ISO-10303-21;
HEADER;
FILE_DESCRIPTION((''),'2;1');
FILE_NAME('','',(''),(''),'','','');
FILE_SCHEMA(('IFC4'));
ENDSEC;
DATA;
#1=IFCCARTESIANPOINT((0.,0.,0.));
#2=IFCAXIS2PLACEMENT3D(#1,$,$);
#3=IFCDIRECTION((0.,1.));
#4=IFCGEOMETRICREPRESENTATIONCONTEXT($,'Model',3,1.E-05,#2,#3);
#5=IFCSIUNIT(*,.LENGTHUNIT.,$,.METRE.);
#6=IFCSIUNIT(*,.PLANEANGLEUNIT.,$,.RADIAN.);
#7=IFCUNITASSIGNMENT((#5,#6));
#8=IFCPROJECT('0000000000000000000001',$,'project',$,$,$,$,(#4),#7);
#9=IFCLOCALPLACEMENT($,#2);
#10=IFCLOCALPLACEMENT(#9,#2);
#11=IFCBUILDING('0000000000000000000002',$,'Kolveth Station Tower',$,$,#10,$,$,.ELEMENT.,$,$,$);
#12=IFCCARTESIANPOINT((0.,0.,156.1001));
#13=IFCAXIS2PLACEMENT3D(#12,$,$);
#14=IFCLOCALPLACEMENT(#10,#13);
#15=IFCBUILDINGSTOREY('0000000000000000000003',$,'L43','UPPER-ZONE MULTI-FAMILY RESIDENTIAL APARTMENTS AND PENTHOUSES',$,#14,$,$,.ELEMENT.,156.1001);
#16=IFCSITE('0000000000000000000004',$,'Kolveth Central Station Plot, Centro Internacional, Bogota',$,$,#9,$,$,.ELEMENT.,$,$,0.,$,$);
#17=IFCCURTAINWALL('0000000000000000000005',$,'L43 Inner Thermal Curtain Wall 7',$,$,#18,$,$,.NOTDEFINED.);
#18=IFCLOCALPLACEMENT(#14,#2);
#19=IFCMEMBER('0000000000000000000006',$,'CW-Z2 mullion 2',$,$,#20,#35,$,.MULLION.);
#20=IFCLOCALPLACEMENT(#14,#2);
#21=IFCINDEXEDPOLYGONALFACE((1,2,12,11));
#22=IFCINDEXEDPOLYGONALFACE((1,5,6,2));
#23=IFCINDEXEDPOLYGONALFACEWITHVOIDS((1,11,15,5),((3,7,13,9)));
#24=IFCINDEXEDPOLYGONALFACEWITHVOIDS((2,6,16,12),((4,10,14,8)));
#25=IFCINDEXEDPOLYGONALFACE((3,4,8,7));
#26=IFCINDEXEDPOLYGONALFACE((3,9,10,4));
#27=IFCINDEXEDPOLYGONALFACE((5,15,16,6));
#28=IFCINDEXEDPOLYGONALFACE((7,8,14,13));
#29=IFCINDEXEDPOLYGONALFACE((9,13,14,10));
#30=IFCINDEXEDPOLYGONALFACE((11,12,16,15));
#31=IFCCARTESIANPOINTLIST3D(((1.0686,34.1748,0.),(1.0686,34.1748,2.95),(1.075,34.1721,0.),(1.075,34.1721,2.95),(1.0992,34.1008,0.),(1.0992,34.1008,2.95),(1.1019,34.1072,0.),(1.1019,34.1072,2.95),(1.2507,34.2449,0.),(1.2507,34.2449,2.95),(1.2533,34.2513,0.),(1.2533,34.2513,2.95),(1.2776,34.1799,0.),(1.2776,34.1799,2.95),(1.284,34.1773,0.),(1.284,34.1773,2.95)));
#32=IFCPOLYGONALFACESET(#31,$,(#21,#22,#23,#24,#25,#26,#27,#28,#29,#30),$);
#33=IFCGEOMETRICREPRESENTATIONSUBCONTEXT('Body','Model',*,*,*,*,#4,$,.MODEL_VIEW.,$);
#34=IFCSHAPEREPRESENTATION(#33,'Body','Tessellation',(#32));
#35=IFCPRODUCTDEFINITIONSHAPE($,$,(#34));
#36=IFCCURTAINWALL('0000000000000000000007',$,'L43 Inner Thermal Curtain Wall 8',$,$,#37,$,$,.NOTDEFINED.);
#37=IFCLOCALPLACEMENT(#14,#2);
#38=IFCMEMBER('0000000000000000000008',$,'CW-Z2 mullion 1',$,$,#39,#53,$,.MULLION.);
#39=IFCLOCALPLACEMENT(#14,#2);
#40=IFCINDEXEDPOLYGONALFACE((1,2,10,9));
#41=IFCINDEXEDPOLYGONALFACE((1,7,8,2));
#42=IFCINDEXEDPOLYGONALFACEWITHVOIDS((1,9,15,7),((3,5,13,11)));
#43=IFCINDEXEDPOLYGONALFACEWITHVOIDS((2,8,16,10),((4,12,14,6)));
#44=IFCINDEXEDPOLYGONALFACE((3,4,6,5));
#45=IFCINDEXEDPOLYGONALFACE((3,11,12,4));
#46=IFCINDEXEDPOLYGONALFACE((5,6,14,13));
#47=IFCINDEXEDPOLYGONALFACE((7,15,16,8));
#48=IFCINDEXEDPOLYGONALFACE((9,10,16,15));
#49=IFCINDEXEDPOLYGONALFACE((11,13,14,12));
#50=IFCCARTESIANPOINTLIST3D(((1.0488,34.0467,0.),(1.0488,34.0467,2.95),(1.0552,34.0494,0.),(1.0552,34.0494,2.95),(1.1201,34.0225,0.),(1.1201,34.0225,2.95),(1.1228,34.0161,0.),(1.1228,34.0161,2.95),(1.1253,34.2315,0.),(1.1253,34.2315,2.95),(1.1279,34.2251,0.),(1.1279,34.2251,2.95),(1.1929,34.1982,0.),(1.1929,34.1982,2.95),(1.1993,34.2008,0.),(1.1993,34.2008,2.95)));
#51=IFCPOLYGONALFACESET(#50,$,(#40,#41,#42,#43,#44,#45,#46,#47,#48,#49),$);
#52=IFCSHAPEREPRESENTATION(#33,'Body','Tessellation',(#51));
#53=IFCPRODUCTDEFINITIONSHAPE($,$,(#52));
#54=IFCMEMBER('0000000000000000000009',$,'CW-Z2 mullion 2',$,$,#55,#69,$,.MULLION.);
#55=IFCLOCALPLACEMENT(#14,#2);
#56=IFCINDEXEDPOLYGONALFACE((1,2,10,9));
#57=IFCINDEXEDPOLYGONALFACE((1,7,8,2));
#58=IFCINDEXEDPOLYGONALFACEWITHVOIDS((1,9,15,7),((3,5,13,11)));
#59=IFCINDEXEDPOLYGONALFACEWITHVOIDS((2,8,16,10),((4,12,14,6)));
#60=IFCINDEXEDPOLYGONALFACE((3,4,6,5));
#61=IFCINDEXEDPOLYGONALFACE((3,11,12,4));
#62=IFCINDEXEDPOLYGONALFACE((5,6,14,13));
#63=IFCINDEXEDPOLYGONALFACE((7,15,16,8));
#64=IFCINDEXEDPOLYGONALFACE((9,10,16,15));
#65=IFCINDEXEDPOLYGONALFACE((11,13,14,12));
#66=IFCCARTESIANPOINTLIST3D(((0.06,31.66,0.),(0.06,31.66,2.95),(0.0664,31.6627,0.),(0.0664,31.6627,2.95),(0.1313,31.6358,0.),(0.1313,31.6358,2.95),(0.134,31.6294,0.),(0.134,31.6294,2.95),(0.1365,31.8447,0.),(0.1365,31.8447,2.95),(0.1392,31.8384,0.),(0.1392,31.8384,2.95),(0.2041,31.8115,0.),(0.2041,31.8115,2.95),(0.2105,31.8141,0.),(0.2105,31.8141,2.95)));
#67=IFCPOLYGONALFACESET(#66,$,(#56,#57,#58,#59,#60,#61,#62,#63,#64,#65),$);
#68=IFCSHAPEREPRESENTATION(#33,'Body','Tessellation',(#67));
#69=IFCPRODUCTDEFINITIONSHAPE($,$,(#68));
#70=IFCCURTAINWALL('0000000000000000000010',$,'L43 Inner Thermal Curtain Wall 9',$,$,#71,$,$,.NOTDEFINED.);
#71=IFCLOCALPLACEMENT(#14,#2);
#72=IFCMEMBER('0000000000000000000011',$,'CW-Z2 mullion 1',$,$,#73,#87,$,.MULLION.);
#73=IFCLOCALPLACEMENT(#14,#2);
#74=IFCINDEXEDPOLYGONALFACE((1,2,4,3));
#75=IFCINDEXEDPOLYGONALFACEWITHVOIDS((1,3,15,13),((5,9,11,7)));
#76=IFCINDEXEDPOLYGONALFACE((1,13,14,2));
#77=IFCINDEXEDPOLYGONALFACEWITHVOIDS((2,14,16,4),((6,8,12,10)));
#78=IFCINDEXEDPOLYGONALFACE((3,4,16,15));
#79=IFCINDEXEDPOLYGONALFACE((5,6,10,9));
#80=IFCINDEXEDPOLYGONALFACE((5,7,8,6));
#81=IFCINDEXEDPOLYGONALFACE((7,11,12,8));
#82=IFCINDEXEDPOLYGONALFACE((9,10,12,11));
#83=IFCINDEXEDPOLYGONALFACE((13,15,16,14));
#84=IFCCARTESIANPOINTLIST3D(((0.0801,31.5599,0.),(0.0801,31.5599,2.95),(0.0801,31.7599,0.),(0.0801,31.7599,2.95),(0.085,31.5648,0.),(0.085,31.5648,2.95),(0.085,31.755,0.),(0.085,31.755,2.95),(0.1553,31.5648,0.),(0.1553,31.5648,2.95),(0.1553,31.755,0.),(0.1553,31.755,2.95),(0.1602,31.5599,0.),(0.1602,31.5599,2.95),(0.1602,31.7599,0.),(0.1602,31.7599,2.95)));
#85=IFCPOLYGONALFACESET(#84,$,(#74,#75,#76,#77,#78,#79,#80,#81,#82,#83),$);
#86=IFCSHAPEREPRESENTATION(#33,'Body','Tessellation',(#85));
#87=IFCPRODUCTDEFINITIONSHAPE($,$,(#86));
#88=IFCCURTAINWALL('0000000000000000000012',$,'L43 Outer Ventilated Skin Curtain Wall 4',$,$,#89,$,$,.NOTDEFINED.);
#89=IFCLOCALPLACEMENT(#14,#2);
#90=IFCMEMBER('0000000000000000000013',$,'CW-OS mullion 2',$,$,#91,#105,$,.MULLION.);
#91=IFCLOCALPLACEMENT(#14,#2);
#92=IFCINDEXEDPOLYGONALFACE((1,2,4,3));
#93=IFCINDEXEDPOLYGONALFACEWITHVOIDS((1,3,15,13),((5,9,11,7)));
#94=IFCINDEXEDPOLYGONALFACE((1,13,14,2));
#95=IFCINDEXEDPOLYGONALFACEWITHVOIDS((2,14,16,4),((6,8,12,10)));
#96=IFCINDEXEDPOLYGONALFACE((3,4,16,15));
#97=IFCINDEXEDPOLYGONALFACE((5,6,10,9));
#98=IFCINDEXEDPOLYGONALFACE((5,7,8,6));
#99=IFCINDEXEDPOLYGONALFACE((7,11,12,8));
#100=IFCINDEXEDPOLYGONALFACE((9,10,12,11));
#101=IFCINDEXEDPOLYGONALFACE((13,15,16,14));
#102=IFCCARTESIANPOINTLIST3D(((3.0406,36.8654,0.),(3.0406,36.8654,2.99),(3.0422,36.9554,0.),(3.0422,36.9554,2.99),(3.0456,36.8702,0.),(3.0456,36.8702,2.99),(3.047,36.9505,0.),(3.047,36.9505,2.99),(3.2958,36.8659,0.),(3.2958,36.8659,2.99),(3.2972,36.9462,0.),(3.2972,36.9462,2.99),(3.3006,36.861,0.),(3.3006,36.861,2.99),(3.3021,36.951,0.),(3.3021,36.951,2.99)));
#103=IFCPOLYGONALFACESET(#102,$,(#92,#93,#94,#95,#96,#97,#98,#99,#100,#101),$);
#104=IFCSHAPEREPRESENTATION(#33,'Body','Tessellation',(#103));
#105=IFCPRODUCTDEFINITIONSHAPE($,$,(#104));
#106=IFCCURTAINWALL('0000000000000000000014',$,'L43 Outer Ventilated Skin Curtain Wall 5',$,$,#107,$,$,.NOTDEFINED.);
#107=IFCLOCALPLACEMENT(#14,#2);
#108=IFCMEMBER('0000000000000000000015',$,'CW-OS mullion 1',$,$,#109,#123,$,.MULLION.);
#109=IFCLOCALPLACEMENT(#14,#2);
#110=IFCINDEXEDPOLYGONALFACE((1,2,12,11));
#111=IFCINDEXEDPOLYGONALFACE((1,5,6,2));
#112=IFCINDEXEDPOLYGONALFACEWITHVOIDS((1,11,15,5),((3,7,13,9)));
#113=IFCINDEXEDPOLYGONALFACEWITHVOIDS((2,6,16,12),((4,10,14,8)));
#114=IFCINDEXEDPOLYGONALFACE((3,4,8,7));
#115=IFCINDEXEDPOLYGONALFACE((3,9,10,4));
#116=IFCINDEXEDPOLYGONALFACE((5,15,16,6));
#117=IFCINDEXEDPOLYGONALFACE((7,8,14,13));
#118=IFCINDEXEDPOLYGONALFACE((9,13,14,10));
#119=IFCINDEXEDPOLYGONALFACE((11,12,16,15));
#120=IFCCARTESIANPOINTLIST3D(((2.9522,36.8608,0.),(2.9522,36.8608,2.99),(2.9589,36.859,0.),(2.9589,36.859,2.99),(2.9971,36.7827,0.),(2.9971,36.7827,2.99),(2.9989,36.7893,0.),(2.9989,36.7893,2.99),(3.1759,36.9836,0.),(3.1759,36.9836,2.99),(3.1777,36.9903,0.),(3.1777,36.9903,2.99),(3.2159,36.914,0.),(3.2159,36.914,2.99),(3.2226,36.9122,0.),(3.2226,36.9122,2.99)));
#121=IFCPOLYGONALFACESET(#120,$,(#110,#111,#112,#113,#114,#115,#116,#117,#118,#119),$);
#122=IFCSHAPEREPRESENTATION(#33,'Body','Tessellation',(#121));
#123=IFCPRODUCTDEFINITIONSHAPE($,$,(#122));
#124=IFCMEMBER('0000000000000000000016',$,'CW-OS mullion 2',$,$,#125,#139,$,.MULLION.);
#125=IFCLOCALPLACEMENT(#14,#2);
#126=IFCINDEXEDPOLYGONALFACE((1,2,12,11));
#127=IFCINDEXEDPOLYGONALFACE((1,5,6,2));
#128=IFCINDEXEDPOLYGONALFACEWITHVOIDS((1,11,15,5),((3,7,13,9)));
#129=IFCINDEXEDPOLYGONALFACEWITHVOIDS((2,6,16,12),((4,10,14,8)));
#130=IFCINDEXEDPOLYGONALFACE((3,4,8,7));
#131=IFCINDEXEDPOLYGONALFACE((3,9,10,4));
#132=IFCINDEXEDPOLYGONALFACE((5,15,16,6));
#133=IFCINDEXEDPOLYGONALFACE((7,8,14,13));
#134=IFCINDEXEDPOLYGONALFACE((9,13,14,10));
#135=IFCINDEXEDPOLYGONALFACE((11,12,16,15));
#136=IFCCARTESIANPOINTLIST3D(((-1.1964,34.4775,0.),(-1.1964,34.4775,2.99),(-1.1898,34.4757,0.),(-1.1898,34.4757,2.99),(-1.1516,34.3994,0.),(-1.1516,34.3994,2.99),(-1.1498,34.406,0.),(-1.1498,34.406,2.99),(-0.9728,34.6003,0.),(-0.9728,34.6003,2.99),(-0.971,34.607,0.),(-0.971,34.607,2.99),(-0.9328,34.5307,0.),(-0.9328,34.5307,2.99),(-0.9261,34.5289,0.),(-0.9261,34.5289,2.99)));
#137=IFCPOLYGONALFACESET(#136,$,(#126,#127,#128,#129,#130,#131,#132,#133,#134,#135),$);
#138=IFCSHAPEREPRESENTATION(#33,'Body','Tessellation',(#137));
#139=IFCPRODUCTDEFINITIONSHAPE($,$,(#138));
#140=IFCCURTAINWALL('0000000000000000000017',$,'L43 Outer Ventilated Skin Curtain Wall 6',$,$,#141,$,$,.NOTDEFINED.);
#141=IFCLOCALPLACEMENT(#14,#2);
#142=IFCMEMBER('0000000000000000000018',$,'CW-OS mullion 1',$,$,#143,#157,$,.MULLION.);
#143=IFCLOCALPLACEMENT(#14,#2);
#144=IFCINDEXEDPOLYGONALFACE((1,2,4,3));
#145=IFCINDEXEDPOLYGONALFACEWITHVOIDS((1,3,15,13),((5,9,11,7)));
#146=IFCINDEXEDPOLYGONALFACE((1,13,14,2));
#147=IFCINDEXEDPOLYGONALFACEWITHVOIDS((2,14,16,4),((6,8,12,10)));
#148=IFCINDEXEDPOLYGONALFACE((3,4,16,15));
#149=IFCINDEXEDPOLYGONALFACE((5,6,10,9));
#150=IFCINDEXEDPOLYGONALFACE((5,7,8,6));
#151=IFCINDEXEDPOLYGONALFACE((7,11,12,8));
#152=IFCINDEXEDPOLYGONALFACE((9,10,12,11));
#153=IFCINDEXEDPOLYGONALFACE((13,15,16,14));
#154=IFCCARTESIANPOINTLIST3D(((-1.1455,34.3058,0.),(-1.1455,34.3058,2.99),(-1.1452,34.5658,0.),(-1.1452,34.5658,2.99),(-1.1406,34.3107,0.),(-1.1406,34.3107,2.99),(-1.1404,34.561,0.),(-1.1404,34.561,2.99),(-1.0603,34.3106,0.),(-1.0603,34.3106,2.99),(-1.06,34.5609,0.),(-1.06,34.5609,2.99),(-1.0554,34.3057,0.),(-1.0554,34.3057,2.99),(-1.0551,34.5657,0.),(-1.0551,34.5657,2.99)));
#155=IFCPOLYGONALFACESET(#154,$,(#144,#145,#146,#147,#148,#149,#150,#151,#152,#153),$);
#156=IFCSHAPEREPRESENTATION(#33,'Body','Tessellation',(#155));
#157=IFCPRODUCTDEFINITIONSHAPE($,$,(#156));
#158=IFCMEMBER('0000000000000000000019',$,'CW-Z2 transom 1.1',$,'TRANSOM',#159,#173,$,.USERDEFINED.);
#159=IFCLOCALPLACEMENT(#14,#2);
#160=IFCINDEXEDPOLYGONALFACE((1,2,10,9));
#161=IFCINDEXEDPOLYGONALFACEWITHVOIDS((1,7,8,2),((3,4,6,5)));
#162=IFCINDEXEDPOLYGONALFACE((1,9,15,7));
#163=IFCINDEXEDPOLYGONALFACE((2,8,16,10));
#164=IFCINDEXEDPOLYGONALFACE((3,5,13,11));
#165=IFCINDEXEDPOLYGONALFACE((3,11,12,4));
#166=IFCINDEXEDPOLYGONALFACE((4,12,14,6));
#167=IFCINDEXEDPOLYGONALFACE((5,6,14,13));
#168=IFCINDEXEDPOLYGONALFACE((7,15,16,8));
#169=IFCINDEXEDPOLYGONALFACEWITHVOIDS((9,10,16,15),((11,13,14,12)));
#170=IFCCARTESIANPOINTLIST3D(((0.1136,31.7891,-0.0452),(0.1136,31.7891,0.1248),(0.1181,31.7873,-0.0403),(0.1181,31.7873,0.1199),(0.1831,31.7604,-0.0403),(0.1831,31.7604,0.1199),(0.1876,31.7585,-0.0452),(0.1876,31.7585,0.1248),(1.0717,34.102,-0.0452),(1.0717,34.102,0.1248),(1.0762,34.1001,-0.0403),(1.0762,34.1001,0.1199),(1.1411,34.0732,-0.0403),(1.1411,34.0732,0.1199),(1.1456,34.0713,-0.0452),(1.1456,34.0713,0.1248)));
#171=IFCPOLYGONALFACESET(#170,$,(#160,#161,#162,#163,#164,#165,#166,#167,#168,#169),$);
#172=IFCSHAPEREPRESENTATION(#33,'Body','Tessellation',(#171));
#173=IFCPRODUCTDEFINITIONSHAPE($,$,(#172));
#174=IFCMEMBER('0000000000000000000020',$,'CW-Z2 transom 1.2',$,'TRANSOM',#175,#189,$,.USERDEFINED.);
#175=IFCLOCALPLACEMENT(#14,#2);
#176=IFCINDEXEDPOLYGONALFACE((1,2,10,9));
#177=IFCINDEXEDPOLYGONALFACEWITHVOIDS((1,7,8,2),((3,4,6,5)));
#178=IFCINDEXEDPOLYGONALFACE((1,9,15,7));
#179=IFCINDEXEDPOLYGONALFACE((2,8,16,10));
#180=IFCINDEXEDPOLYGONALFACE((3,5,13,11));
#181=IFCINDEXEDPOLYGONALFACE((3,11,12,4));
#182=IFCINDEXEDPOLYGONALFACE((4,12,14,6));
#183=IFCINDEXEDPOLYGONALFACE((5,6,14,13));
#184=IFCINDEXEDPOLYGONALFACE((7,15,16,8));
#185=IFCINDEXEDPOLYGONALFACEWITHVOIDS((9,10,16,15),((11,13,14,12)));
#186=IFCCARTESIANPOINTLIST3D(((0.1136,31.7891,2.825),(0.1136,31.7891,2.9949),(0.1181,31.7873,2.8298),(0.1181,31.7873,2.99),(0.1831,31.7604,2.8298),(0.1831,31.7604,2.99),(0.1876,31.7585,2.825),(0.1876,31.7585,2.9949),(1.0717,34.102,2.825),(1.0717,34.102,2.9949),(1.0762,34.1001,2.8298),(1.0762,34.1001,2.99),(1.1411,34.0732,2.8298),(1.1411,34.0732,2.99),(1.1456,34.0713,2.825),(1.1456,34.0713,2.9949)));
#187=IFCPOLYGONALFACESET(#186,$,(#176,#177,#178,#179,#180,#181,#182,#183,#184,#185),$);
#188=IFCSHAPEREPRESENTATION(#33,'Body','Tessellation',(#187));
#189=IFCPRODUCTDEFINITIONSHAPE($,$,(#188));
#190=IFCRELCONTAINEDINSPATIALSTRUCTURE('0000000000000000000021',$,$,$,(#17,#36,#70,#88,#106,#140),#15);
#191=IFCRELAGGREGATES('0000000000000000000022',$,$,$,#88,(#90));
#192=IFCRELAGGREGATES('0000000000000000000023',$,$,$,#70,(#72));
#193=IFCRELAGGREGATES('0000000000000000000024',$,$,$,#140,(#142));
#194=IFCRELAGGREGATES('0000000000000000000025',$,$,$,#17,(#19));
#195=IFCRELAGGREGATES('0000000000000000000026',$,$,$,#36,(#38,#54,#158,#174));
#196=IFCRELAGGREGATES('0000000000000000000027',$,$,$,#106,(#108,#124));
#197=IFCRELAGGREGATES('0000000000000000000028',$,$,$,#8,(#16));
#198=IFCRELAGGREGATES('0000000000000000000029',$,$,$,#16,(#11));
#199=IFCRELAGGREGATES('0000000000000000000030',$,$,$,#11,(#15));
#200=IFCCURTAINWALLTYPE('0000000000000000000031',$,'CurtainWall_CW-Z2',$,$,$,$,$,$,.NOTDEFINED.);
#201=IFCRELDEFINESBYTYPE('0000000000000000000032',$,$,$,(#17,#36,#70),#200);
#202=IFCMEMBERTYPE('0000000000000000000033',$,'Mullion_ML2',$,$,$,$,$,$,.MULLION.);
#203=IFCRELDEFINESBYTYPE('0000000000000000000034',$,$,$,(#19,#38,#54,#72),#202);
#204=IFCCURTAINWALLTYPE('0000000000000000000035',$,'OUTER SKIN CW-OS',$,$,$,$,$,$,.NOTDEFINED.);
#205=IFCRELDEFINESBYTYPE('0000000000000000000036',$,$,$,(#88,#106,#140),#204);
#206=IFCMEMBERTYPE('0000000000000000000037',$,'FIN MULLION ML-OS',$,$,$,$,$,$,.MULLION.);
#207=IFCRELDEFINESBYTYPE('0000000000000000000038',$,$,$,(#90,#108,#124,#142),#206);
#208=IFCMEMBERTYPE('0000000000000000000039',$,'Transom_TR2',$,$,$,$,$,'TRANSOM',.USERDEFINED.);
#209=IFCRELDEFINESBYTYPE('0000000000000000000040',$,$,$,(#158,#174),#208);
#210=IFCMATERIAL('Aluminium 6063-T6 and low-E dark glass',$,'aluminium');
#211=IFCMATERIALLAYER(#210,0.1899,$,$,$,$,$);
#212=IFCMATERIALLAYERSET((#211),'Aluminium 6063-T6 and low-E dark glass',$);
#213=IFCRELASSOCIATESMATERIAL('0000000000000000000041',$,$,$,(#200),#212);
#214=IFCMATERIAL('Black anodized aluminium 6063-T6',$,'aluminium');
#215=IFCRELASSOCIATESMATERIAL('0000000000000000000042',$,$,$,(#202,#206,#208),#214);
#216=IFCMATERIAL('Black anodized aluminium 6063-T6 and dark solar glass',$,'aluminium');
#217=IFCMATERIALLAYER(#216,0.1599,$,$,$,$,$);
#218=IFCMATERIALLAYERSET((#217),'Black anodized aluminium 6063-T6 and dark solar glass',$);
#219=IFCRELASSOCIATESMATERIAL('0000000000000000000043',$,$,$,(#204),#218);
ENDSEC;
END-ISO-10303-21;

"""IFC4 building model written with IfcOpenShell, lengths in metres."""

from ifc_helpers import new_model, si_unit, direction, frame, origin, origin_2d, place, context, subcontext, project, spatial, hollow_rectangle, extrude, source, transform, mapped, material, layer, layer_set, material_profile, profile_set, type_object, element, aggregate, save


model = new_model("IFC4")

# Units and contexts
model_context = context("Model", 3, precision=1e-05, world=origin(), true_north=direction((0.0, 1.0)))
body_context = subcontext(model_context, "Body", "Model", "MODEL_VIEW")
ifc_project = project(units=[si_unit("LENGTHUNIT", "METRE"), si_unit("PLANEANGLEUNIT", "RADIAN")], contexts=[model_context])

# Site, building, storey
site_placement = place(None, origin())
site = spatial("IfcSite", under=ifc_project, at=site_placement, Name="Kolveth Central Station Plot, Centro Internacional, Bogota", CompositionType="ELEMENT", RefElevation=0.0)
building_placement = place(site_placement, origin())
building = spatial("IfcBuilding", under=site, at=building_placement, Name="Kolveth Station Tower", CompositionType="ELEMENT")
storey_placement = place(building_placement, frame((0.0, 0.0, 156.1001)))
storey = spatial("IfcBuildingStorey", under=building, at=storey_placement, Name="L43", Description="UPPER-ZONE MULTI-FAMILY RESIDENTIAL APARTMENTS AND PENTHOUSES", CompositionType="ELEMENT", Elevation=156.1001)

# Curtain wall, member
ifc_material_1 = material(Name="Aluminium 6063-T6 and low-E dark glass", Category="aluminium")
ifc_layer_1 = layer(ifc_material_1, 0.1899)
ifc_layer_set_1 = layer_set([ifc_layer_1], Name="Aluminium 6063-T6 and low-E dark glass")
curtain_wall_type_1 = type_object("IfcCurtainWallType", Name="CurtainWall_CW-Z2", PredefinedType="NOTDEFINED", material=ifc_layer_set_1)
curtain_wall_1_placement = place(storey_placement, origin())
curtain_wall_1 = element("IfcCurtainWall", 1, at=curtain_wall_1_placement, inside=storey, type_object=curtain_wall_type_1, Name="L43 Inner Thermal Curtain Wall 7", PredefinedType="NOTDEFINED")
ifc_material_2 = material(Name="Black anodized aluminium 6063-T6", Category="aluminium")
ifc_material_profile_1 = material_profile(ifc_material_2, hollow_rectangle(XDim=0.0801, YDim=0.2, WallThickness=0.0049, at=origin_2d()), Name="ALU-80x200x5")
ifc_profile_set_1 = profile_set([ifc_material_profile_1], Name="Black anodized aluminium 6063-T6")
member_type_1 = type_object("IfcMemberType", Name="Mullion_ML2", PredefinedType="MULLION", material=ifc_profile_set_1)
shared_shape_1 = source(origin(), body_context, "Body", "SweptSolid", [
    extrude(hollow_rectangle(XDim=0.0801, YDim=0.2, WallThickness=0.0049, at=origin_2d()), origin(), (0.0, 0.0, 1.0), 2.95),
])
member_1_placement = place(storey_placement, frame((1.1763, 34.176, 0.0), z_axis=(0.0, 0.0, 1.0), x_axis=(0.382698, -0.923874, 0.0)))
member_1 = element("IfcMember", 2, at=member_1_placement, type_object=member_type_1, Name="CW-Z2 mullion 2", PredefinedType="MULLION", context=body_context, shape_type="MappedRepresentation", body=[
    mapped(shared_shape_1, transform((0.0, 0.0, 0.0), x_axis=(1.0, 0.0, 0.0), y_axis=(0.0, 1.0, 0.0), z_axis=(0.0, 0.0, 1.0), scale=1.0)),
])

# Curtain wall, members
curtain_wall_2_placement = place(storey_placement, origin())
curtain_wall_2 = element("IfcCurtainWall", 3, at=curtain_wall_2_placement, inside=storey, type_object=curtain_wall_type_1, Name="L43 Inner Thermal Curtain Wall 8", PredefinedType="NOTDEFINED")
member_2_placement = place(storey_placement, frame((1.124, 34.1238, 0.0), z_axis=(0.0, 0.0, 1.0), x_axis=(0.923874, -0.382698, 0.0)))
member_2 = element("IfcMember", 4, at=member_2_placement, type_object=member_type_1, Name="CW-Z2 mullion 1", PredefinedType="MULLION", context=body_context, shape_type="MappedRepresentation", body=[
    mapped(shared_shape_1, transform((0.0, 0.0, 0.0), x_axis=(1.0, 0.0, 0.0), y_axis=(0.0, 1.0, 0.0), z_axis=(0.0, 0.0, 1.0), scale=1.0)),
])
member_3_placement = place(storey_placement, frame((0.1353, 31.7371, 0.0), z_axis=(0.0, 0.0, 1.0), x_axis=(0.923874, -0.382698, 0.0)))
member_3 = element("IfcMember", 5, at=member_3_placement, type_object=member_type_1, Name="CW-Z2 mullion 2", PredefinedType="MULLION", context=body_context, shape_type="MappedRepresentation", body=[
    mapped(shared_shape_1, transform((0.0, 0.0, 0.0), x_axis=(1.0, 0.0, 0.0), y_axis=(0.0, 1.0, 0.0), z_axis=(0.0, 0.0, 1.0), scale=1.0)),
])

# Curtain walls, members
curtain_wall_3_placement = place(storey_placement, origin())
curtain_wall_3 = element("IfcCurtainWall", 6, at=curtain_wall_3_placement, inside=storey, type_object=curtain_wall_type_1, Name="L43 Inner Thermal Curtain Wall 9", PredefinedType="NOTDEFINED")
member_4_placement = place(storey_placement, frame((0.1201, 31.6599, 0.0), z_axis=(0.0, 0.0, 1.0), x_axis=(1.0, 0.0, 0.0)))
member_4 = element("IfcMember", 7, at=member_4_placement, type_object=member_type_1, Name="CW-Z2 mullion 1", PredefinedType="MULLION", context=body_context, shape_type="MappedRepresentation", body=[
    mapped(shared_shape_1, transform((0.0, 0.0, 0.0), x_axis=(1.0, 0.0, 0.0), y_axis=(0.0, 1.0, 0.0), z_axis=(0.0, 0.0, 1.0), scale=1.0)),
])
ifc_material_3 = material(Name="Black anodized aluminium 6063-T6 and dark solar glass", Category="aluminium")
ifc_layer_2 = layer(ifc_material_3, 0.1599)
ifc_layer_set_2 = layer_set([ifc_layer_2], Name="Black anodized aluminium 6063-T6 and dark solar glass")
curtain_wall_type_2 = type_object("IfcCurtainWallType", Name="OUTER SKIN CW-OS", PredefinedType="NOTDEFINED", material=ifc_layer_set_2)
curtain_wall_4_placement = place(storey_placement, origin())
curtain_wall_4 = element("IfcCurtainWall", 8, at=curtain_wall_4_placement, inside=storey, type_object=curtain_wall_type_2, Name="L43 Outer Ventilated Skin Curtain Wall 4", PredefinedType="NOTDEFINED")
ifc_material_profile_2 = material_profile(ifc_material_2, hollow_rectangle(XDim=0.0901, YDim=0.26, WallThickness=0.0049, at=origin_2d()), Name="ALU-90x260x5")
ifc_profile_set_2 = profile_set([ifc_material_profile_2], Name="Black anodized aluminium 6063-T6")
member_type_2 = type_object("IfcMemberType", Name="FIN MULLION ML-OS", PredefinedType="MULLION", material=ifc_profile_set_2)
shared_shape_2 = source(origin(), body_context, "Body", "SweptSolid", [
    extrude(hollow_rectangle(XDim=0.0901, YDim=0.26, WallThickness=0.0049, at=origin_2d()), origin(), (0.0, 0.0, 1.0), 2.99),
])
member_5_placement = place(storey_placement, frame((3.1714, 36.9082, 0.0), z_axis=(0.0, 0.0, 1.0), x_axis=(-0.016878, -0.999858, 0.0)))
member_5 = element("IfcMember", 9, at=member_5_placement, type_object=member_type_2, Name="CW-OS mullion 2", PredefinedType="MULLION", context=body_context, shape_type="MappedRepresentation", body=[
    mapped(shared_shape_2, transform((0.0, 0.0, 0.0), x_axis=(1.0, 0.0, 0.0), y_axis=(0.0, 1.0, 0.0), z_axis=(0.0, 0.0, 1.0), scale=1.0)),
])
aggregate(curtain_wall_4, [member_5])

# Curtain wall, members
curtain_wall_5_placement = place(storey_placement, origin())
curtain_wall_5 = element("IfcCurtainWall", 10, at=curtain_wall_5_placement, inside=storey, type_object=curtain_wall_type_2, Name="L43 Outer Ventilated Skin Curtain Wall 5", PredefinedType="NOTDEFINED")
member_6_placement = place(storey_placement, frame((3.0874, 36.8865, 0.0), z_axis=(0.0, 0.0, 1.0), x_axis=(0.498122, -0.867107, 0.0)))
member_6 = element("IfcMember", 11, at=member_6_placement, type_object=member_type_2, Name="CW-OS mullion 1", PredefinedType="MULLION", context=body_context, shape_type="MappedRepresentation", body=[
    mapped(shared_shape_2, transform((0.0, 0.0, 0.0), x_axis=(1.0, 0.0, 0.0), y_axis=(0.0, 1.0, 0.0), z_axis=(0.0, 0.0, 1.0), scale=1.0)),
])
member_7_placement = place(storey_placement, frame((-1.0613, 34.5032, 0.0), z_axis=(0.0, 0.0, 1.0), x_axis=(0.498122, -0.867107, 0.0)))
member_7 = element("IfcMember", 12, at=member_7_placement, type_object=member_type_2, Name="CW-OS mullion 2", PredefinedType="MULLION", context=body_context, shape_type="MappedRepresentation", body=[
    mapped(shared_shape_2, transform((0.0, 0.0, 0.0), x_axis=(1.0, 0.0, 0.0), y_axis=(0.0, 1.0, 0.0), z_axis=(0.0, 0.0, 1.0), scale=1.0)),
])

# Curtain wall, member
curtain_wall_6_placement = place(storey_placement, origin())
curtain_wall_6 = element("IfcCurtainWall", 13, at=curtain_wall_6_placement, inside=storey, type_object=curtain_wall_type_2, Name="L43 Outer Ventilated Skin Curtain Wall 6", PredefinedType="NOTDEFINED")
member_8_placement = place(storey_placement, frame((-1.1003, 34.4358, 0.0), z_axis=(0.0, 0.0, 1.0), x_axis=(0.999999, -0.001162, 0.0)))
member_8 = element("IfcMember", 14, at=member_8_placement, type_object=member_type_2, Name="CW-OS mullion 1", PredefinedType="MULLION", context=body_context, shape_type="MappedRepresentation", body=[
    mapped(shared_shape_2, transform((0.0, 0.0, 0.0), x_axis=(1.0, 0.0, 0.0), y_axis=(0.0, 1.0, 0.0), z_axis=(0.0, 0.0, 1.0), scale=1.0)),
])

# Members
ifc_material_profile_3 = material_profile(ifc_material_2, hollow_rectangle(XDim=0.0801, YDim=0.1699, WallThickness=0.0049, at=origin_2d()), Name="ALU-80x170x5")
ifc_profile_set_3 = profile_set([ifc_material_profile_3], Name="Black anodized aluminium 6063-T6")
member_type_3 = type_object("IfcMemberType", Name="Transom_TR2", ElementType="TRANSOM", PredefinedType="USERDEFINED", material=ifc_profile_set_3)
shared_shape_3 = source(origin(), body_context, "Body", "SweptSolid", [
    extrude(hollow_rectangle(XDim=0.0801, YDim=0.1699, WallThickness=0.0049, at=origin_2d()), origin(), (0.0, 0.0, 1.0), 2.5034),
])
member_9_placement = place(storey_placement, frame((1.1086, 34.0867, 0.0398), z_axis=(-0.382696, -0.923874, 0.0), x_axis=(0.923874, -0.382696, 0.0)))
member_9 = element("IfcMember", 15, at=member_9_placement, type_object=member_type_3, Name="CW-Z2 transom 1.1", ObjectType="TRANSOM", PredefinedType="USERDEFINED", context=body_context, shape_type="MappedRepresentation", body=[
    mapped(shared_shape_3, transform((0.0, 0.0, 0.0), x_axis=(1.0, 0.0, 0.0), y_axis=(0.0, 1.0, 0.0), z_axis=(0.0, 0.0, 1.0), scale=1.0)),
])
member_10_placement = place(storey_placement, frame((1.1086, 34.0867, 2.9099), z_axis=(-0.382696, -0.923874, 0.0), x_axis=(0.923874, -0.382696, 0.0)))
member_10 = element("IfcMember", 16, at=member_10_placement, type_object=member_type_3, Name="CW-Z2 transom 1.2", ObjectType="TRANSOM", PredefinedType="USERDEFINED", context=body_context, shape_type="MappedRepresentation", body=[
    mapped(shared_shape_3, transform((0.0, 0.0, 0.0), x_axis=(1.0, 0.0, 0.0), y_axis=(0.0, 1.0, 0.0), z_axis=(0.0, 0.0, 1.0), scale=1.0)),
])
aggregate(curtain_wall_3, [member_4])
aggregate(curtain_wall_6, [member_8])

aggregate(curtain_wall_1, [member_1])
aggregate(curtain_wall_2, [member_2, member_3, member_9, member_10])
aggregate(curtain_wall_5, [member_6, member_7])

save(model, "model.ifc")
